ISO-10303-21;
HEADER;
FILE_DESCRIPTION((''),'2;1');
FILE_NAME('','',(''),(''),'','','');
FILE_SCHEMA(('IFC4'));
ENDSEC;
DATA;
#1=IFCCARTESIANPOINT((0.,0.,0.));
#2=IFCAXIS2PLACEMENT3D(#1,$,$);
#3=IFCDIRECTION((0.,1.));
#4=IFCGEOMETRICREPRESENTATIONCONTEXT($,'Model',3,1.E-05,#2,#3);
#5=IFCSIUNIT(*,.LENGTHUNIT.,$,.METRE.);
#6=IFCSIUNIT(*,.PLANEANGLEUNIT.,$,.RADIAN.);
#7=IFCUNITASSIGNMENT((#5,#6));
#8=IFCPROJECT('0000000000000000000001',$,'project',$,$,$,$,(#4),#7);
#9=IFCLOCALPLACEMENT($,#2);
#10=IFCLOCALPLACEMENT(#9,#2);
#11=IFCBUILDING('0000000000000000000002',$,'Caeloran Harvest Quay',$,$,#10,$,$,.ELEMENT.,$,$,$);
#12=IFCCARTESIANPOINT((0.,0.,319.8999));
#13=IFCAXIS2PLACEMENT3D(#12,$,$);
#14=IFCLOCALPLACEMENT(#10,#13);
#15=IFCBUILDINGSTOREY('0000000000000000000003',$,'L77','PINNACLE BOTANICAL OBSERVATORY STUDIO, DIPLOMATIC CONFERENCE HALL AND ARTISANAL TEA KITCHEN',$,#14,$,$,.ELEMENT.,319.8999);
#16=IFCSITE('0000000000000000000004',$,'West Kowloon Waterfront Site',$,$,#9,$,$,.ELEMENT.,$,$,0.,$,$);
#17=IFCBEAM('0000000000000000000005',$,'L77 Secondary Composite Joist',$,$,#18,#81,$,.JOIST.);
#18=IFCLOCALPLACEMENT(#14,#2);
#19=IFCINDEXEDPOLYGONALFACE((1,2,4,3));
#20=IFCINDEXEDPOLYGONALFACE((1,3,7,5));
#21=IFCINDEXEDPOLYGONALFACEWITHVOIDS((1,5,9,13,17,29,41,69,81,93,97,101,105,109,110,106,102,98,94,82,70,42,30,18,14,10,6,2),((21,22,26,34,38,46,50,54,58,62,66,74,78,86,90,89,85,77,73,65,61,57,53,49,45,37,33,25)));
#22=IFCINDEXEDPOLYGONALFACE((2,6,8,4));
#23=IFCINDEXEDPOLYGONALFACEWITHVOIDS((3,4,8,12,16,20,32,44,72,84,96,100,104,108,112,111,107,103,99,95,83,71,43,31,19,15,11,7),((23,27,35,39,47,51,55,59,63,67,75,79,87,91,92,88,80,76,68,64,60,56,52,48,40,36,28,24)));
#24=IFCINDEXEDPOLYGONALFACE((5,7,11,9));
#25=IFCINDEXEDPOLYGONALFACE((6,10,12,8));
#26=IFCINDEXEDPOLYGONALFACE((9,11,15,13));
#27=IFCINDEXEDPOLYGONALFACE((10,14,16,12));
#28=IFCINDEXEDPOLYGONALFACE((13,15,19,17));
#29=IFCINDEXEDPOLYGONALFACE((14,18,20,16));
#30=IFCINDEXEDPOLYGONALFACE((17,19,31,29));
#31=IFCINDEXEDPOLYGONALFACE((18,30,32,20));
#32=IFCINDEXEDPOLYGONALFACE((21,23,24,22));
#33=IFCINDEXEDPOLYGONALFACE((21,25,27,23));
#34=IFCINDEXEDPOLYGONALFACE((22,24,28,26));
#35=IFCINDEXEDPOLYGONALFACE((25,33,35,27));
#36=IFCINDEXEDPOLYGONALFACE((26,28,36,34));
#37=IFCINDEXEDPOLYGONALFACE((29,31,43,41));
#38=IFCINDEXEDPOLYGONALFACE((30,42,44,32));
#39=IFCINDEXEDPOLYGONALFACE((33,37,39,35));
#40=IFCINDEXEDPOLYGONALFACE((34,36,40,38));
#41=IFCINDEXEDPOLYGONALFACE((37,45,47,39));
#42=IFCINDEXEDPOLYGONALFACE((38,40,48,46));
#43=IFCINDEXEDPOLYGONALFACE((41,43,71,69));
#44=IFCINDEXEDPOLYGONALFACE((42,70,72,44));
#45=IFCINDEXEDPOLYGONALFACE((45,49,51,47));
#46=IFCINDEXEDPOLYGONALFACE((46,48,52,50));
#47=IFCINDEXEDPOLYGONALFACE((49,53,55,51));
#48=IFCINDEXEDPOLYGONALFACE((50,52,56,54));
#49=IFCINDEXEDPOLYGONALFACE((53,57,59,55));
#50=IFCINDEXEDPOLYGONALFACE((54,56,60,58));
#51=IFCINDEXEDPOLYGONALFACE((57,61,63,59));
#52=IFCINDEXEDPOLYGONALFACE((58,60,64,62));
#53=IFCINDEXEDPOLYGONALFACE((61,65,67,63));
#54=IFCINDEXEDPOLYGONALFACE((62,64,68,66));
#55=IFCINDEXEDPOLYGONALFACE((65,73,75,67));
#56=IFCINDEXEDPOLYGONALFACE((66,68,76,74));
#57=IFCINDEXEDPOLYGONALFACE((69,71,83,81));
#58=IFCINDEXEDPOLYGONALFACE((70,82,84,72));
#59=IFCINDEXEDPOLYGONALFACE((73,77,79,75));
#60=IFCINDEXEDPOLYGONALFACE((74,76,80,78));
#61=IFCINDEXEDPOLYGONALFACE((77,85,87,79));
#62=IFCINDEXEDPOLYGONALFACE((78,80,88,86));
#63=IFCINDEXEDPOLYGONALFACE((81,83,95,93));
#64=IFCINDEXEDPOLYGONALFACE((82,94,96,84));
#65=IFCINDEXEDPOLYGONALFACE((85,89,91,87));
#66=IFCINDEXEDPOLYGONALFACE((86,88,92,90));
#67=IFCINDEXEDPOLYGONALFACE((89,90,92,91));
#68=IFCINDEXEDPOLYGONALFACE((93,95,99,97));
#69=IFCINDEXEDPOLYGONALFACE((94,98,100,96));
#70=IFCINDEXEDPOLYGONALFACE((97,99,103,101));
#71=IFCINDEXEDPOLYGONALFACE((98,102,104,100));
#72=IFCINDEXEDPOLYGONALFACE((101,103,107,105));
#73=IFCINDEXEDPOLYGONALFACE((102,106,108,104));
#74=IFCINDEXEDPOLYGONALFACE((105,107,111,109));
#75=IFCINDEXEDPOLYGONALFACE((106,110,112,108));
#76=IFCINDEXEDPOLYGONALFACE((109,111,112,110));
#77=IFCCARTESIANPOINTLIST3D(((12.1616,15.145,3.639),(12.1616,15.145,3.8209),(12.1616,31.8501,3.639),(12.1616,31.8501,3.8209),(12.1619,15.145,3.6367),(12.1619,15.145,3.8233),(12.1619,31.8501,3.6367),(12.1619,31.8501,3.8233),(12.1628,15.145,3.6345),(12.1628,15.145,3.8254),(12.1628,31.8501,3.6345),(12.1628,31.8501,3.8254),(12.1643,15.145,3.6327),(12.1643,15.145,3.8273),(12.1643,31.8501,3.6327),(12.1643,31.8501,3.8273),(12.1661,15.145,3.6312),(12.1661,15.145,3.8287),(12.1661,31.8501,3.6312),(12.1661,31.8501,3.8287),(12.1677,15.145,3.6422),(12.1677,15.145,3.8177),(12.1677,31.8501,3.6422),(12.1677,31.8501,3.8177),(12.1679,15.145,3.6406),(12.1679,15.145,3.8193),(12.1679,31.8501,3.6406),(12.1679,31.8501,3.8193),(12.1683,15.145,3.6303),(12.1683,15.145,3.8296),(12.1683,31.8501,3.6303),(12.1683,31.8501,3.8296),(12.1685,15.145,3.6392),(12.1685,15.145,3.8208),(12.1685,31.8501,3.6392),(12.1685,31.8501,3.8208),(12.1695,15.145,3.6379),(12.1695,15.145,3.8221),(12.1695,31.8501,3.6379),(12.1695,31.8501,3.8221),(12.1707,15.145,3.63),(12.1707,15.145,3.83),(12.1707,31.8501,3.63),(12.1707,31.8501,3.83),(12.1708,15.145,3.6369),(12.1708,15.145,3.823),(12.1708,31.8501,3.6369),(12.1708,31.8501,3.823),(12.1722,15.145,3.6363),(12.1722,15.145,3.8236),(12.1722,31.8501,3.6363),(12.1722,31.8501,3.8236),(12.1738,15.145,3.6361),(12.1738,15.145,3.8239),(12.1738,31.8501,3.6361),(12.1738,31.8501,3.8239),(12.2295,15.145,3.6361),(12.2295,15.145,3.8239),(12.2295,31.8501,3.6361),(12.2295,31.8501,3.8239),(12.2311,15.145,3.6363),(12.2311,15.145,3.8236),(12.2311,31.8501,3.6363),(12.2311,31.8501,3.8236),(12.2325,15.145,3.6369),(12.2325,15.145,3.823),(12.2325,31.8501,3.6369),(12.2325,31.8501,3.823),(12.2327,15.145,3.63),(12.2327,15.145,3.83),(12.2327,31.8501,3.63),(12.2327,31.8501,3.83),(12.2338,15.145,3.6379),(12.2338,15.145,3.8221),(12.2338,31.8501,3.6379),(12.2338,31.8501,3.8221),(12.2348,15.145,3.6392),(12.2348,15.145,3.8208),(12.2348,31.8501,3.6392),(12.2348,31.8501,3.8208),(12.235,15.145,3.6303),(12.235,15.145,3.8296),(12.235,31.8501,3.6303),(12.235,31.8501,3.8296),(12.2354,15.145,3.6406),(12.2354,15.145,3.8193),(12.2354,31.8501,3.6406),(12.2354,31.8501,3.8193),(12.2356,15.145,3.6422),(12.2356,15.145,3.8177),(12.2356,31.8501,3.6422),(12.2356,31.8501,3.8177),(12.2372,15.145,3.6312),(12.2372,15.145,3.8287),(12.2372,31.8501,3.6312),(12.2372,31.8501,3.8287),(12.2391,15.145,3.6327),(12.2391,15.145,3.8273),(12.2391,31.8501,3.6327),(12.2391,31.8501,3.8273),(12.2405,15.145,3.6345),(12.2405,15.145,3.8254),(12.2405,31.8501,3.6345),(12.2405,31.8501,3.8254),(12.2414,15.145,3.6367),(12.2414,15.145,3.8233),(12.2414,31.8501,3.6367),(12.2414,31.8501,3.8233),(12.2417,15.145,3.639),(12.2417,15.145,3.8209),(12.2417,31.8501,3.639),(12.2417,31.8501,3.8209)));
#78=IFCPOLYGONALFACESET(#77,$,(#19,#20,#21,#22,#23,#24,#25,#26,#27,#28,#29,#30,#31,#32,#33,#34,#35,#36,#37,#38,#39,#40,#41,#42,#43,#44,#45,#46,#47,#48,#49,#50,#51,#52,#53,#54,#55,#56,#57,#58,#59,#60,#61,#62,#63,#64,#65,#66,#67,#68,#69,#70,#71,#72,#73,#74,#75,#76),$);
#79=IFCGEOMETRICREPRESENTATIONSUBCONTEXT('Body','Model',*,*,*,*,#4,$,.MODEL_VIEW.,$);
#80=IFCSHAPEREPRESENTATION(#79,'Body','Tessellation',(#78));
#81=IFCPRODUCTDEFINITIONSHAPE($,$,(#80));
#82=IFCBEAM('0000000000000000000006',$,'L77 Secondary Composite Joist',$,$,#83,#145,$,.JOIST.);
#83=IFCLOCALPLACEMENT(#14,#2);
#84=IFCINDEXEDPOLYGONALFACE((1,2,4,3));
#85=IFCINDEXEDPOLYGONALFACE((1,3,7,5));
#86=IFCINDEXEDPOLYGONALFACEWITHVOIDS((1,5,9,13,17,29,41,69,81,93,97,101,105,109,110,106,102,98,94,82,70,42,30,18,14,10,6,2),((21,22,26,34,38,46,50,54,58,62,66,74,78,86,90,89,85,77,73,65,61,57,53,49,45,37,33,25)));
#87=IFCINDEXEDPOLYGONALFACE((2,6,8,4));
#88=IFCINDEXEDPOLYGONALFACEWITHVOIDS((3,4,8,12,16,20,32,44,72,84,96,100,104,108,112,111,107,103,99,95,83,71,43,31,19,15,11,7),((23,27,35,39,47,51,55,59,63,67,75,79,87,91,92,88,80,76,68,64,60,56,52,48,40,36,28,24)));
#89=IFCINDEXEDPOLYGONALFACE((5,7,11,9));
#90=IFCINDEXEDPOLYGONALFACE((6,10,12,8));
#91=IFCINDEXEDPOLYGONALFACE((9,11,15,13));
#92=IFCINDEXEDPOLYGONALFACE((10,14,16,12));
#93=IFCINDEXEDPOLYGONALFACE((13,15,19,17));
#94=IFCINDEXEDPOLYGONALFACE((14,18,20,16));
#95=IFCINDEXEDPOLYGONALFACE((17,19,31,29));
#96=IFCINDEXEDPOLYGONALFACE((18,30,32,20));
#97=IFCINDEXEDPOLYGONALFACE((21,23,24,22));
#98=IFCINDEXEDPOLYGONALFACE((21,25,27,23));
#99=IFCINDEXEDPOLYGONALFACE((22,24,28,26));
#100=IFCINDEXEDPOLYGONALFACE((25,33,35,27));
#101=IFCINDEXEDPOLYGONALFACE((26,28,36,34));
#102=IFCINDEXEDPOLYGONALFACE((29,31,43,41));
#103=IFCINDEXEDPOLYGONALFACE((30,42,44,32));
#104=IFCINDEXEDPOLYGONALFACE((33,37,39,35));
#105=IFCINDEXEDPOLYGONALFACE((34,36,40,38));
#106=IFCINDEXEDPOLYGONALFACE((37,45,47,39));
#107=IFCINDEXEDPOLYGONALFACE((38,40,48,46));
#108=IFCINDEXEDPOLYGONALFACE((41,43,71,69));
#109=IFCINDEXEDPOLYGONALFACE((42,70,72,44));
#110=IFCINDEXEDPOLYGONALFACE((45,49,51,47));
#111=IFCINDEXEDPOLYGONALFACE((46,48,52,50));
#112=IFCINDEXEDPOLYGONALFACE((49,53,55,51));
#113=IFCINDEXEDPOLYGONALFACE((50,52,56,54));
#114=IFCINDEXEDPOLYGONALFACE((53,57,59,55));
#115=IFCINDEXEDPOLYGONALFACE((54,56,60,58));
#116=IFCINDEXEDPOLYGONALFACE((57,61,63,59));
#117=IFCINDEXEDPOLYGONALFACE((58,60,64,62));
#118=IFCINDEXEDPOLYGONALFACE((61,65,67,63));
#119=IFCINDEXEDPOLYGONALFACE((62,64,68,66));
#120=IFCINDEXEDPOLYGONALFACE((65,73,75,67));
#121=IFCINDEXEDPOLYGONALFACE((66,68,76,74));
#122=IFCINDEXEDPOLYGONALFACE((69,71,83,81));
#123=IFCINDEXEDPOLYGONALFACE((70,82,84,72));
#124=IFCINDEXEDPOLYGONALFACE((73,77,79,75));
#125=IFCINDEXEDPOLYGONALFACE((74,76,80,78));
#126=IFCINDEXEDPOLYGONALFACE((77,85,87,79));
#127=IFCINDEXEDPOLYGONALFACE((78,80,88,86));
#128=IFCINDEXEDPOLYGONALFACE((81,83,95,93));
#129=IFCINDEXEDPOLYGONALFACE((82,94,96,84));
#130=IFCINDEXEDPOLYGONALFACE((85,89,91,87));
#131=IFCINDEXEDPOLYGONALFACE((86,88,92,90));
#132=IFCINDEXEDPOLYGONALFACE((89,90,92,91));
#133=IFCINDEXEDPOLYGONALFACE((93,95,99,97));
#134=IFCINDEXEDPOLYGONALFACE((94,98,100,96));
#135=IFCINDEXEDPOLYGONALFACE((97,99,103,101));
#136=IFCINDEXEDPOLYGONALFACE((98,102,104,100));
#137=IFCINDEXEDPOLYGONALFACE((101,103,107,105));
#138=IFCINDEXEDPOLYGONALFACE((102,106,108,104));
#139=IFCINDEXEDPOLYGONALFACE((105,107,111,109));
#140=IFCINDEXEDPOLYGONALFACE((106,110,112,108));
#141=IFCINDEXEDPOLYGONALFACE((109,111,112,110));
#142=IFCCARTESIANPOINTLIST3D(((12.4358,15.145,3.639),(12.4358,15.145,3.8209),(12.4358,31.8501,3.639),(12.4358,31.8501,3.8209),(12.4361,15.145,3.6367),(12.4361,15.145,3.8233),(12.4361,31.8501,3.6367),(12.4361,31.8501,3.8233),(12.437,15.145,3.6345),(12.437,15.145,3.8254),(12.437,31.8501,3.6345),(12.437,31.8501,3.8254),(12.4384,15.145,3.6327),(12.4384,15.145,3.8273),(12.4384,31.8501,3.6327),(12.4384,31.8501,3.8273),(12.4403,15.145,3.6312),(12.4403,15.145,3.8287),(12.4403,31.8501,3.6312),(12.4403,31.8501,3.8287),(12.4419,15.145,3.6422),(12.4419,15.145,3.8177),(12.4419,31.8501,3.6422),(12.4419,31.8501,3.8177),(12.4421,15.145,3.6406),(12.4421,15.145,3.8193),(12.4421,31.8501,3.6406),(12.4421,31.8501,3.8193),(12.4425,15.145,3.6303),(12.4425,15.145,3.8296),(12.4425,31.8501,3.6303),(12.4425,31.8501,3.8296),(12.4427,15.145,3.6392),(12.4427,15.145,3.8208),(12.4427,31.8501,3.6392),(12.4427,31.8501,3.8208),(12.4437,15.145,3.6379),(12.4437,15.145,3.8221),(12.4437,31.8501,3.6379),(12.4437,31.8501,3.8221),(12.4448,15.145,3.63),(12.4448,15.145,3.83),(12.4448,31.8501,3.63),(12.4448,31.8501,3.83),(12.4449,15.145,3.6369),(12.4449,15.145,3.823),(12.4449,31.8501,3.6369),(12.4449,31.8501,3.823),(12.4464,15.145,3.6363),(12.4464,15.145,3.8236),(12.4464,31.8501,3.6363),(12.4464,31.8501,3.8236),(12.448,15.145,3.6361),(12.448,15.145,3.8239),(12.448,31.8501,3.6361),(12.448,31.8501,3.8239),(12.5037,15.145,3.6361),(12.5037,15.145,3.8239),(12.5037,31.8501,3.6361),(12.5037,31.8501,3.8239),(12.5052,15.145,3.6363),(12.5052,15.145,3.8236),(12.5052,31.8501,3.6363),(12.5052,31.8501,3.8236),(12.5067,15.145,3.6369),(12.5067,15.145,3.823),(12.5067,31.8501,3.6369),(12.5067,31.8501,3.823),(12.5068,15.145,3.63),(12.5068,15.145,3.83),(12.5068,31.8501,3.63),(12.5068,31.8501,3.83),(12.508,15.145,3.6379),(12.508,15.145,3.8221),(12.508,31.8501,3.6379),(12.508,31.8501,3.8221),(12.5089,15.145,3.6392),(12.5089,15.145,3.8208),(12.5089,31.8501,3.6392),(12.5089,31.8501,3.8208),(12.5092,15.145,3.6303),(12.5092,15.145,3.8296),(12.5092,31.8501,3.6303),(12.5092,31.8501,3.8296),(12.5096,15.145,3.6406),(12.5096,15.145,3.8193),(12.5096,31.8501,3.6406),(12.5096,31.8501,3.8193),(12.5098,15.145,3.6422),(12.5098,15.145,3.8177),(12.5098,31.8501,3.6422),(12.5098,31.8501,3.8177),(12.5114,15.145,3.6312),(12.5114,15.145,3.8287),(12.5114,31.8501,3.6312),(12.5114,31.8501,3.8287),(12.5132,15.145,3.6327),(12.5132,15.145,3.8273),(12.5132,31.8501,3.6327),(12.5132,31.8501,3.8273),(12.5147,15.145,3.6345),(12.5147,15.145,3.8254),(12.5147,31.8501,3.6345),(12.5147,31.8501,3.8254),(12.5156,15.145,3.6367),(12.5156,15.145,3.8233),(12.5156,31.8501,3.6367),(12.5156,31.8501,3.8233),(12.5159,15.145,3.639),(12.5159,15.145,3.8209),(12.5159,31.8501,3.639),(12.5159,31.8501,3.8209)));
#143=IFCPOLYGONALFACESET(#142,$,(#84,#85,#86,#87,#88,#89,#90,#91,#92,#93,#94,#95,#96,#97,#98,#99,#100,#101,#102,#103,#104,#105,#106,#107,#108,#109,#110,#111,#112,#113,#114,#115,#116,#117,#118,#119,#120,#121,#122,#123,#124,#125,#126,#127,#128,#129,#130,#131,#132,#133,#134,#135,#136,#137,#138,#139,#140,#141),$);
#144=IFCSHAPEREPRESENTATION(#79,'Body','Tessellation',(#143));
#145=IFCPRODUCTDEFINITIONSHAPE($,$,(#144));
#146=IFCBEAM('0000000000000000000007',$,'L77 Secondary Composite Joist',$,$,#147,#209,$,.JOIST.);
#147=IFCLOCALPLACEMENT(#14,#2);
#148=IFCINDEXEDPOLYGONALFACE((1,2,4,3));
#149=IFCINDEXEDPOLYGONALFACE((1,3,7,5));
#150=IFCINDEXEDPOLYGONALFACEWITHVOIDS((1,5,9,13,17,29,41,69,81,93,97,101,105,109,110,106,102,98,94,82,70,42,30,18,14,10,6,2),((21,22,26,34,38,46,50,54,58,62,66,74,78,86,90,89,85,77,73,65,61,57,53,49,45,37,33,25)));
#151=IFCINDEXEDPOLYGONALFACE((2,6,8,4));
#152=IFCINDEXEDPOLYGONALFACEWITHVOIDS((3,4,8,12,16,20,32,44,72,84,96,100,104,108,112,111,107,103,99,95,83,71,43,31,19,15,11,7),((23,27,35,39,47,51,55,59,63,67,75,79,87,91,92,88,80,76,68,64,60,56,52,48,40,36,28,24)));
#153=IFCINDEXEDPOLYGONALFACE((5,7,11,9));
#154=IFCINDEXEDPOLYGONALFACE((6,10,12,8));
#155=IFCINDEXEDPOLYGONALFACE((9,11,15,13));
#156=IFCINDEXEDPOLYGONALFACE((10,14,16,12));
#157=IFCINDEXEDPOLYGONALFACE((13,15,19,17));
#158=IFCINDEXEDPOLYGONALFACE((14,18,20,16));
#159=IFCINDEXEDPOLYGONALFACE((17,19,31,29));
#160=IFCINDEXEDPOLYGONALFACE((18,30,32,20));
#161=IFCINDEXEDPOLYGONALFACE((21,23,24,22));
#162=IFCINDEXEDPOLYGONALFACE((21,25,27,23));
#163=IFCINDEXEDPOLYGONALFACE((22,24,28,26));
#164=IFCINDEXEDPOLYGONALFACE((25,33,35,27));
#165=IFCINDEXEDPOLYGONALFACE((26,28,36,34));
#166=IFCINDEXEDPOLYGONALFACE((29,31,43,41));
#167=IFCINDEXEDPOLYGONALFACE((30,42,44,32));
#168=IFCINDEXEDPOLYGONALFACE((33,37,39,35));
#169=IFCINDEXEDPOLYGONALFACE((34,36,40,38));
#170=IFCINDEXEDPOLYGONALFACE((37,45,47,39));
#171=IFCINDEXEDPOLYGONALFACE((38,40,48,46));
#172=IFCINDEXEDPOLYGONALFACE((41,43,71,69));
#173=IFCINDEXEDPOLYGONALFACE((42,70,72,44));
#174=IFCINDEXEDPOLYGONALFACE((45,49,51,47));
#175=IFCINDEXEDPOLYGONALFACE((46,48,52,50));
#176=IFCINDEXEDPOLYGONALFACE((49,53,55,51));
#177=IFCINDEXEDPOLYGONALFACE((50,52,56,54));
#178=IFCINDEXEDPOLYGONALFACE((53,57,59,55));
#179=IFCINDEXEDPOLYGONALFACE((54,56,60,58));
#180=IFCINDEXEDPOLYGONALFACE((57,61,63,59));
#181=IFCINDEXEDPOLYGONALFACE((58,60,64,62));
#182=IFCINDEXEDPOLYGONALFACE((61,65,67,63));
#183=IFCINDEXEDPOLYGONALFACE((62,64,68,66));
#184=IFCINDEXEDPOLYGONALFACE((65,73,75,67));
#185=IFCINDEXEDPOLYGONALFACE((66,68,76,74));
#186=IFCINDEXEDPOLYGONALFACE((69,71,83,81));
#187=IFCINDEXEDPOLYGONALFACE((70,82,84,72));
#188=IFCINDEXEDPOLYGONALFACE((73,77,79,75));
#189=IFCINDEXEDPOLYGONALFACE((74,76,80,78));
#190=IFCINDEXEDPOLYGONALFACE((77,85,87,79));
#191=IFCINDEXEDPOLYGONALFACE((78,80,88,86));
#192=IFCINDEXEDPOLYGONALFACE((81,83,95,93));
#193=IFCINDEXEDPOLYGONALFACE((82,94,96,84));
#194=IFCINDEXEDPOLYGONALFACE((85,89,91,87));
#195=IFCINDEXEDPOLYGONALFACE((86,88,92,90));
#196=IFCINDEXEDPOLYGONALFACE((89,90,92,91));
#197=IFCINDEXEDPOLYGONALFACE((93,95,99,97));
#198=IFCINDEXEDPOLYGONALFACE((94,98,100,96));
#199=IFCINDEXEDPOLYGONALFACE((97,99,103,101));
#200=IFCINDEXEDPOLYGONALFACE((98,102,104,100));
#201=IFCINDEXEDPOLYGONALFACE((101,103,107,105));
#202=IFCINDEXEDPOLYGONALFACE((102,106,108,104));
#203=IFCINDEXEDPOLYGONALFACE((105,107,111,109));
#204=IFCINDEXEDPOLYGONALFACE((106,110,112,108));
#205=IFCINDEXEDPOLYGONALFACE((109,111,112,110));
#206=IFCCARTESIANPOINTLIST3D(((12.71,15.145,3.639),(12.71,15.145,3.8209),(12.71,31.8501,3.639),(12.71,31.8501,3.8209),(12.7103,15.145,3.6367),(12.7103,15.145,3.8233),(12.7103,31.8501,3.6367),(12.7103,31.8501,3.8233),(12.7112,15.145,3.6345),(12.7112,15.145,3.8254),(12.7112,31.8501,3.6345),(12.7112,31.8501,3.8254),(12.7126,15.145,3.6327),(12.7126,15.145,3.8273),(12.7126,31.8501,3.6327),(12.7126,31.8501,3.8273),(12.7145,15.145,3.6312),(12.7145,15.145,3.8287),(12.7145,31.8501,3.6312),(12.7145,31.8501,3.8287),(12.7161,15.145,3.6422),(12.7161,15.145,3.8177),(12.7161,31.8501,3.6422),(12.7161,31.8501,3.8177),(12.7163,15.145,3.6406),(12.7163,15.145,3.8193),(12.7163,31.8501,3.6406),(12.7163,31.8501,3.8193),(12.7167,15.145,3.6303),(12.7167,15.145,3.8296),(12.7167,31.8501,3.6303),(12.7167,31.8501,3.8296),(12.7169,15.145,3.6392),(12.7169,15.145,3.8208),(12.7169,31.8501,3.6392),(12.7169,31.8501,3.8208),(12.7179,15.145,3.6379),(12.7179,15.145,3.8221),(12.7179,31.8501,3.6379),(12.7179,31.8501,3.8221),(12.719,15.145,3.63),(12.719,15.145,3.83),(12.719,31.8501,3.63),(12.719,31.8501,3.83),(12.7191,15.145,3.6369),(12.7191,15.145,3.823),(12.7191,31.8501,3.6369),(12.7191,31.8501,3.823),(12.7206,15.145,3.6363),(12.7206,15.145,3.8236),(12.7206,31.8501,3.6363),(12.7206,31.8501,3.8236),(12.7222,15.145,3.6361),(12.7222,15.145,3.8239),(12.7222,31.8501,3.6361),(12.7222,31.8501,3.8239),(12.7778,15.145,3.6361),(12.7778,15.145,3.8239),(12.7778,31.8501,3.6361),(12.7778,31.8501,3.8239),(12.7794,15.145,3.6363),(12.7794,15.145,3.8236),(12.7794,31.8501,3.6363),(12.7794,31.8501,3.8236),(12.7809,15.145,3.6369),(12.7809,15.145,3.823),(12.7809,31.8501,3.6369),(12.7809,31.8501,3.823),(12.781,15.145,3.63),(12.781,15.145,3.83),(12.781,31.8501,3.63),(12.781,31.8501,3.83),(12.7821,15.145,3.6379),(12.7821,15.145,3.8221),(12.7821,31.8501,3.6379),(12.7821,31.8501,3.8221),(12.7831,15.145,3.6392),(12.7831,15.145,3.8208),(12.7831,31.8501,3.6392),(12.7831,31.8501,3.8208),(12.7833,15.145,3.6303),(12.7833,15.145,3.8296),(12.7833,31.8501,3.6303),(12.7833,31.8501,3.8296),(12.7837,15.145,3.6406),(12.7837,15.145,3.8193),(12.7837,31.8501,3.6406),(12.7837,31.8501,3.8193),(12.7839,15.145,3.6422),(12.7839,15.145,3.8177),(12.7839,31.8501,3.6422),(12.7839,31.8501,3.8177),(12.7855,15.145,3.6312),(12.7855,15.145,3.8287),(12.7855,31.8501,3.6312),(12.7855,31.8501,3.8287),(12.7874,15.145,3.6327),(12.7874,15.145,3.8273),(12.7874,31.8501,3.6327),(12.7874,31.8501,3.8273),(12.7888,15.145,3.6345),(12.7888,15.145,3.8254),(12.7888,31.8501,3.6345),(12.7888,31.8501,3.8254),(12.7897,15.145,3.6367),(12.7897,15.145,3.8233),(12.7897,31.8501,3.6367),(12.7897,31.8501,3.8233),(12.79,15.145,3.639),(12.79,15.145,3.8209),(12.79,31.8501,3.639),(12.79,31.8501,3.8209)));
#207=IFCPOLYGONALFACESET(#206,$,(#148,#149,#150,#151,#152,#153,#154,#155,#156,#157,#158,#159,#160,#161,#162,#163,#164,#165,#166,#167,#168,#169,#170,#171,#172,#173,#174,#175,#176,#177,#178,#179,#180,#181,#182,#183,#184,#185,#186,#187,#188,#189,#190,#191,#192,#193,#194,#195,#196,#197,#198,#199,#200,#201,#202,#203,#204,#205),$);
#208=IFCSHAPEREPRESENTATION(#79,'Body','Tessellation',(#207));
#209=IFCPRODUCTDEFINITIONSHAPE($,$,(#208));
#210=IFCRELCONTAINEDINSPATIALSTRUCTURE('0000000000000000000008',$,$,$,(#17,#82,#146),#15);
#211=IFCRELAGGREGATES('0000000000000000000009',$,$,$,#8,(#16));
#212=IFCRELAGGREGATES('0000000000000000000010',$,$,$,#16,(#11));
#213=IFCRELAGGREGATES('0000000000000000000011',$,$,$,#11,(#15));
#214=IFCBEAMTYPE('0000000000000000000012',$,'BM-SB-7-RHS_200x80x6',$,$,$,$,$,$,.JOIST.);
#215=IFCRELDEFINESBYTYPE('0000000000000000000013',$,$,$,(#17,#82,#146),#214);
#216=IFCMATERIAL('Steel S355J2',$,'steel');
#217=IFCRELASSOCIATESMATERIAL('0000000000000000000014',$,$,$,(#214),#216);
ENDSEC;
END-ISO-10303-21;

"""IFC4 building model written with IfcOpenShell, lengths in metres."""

from ifc_helpers import new_model, si_unit, direction, frame, origin, origin_2d, place, context, subcontext, project, spatial, hollow_rectangle, extrude, material, material_profile, profile_set, type_object, element, save


model = new_model("IFC4")

# Units and contexts
model_context = context("Model", 3, precision=1e-05, world=origin(), true_north=direction((0.0, 1.0)))
body_context = subcontext(model_context, "Body", "Model", "MODEL_VIEW")
ifc_project = project(units=[si_unit("LENGTHUNIT", "METRE"), si_unit("PLANEANGLEUNIT", "RADIAN")], contexts=[model_context])

# Site, building, storey
site_placement = place(None, origin())
site = spatial("IfcSite", under=ifc_project, at=site_placement, Name="West Kowloon Waterfront Site", CompositionType="ELEMENT", RefElevation=0.0)
building_placement = place(site_placement, origin())
building = spatial("IfcBuilding", under=site, at=building_placement, Name="Caeloran Harvest Quay", CompositionType="ELEMENT")
storey_placement = place(building_placement, frame((0.0, 0.0, 319.8999)))
storey = spatial("IfcBuildingStorey", under=building, at=storey_placement, Name="L77", Description="PINNACLE BOTANICAL OBSERVATORY STUDIO, DIPLOMATIC CONFERENCE HALL AND ARTISANAL TEA KITCHEN", CompositionType="ELEMENT", Elevation=319.8999)

# Beams
ifc_material_1 = material(Name="Steel S355J2", Category="steel")
ifc_material_profile_1 = material_profile(ifc_material_1, hollow_rectangle(XDim=0.0801, YDim=0.2, WallThickness=0.0061, InnerFilletRadius=0.0061, OuterFilletRadius=0.009, at=origin_2d()), Name="RHS 200x80x6")
ifc_profile_set_1 = profile_set([ifc_material_profile_1], Name="Steel S355J2")
beam_type_1 = type_object("IfcBeamType", Name="BM-SB-7-RHS_200x80x6", PredefinedType="JOIST", material=ifc_profile_set_1)
for number, where, z_axis, x_axis, name in (
    (1, (12.2017, 15.145, 3.73), (0.0, 1.0, 0.0), (-1.0, 0.0, 0.0), "L77 Secondary Composite Joist"),
    (2, (12.4758, 15.145, 3.73), (0.0, 1.0, 0.0), (-1.0, 0.0, 0.0), "L77 Secondary Composite Joist"),
    (3, (12.75, 15.145, 3.73), (0.0, 1.0, 0.0), (-1.0, 0.0, 0.0), "L77 Secondary Composite Joist"),
):
    element("IfcBeam", number, at=place(storey_placement, frame(where, z_axis=z_axis, x_axis=x_axis)), inside=storey, type_object=beam_type_1, Name=name, PredefinedType="JOIST", context=body_context, shape_type="SweptSolid", body=[
        extrude(hollow_rectangle(XDim=0.0801, YDim=0.2, WallThickness=0.0061, InnerFilletRadius=0.0061, OuterFilletRadius=0.009, at=origin_2d()), origin(), (0.0, 0.0, 1.0), 16.7051),
    ])

save(model, "model.ifc")
